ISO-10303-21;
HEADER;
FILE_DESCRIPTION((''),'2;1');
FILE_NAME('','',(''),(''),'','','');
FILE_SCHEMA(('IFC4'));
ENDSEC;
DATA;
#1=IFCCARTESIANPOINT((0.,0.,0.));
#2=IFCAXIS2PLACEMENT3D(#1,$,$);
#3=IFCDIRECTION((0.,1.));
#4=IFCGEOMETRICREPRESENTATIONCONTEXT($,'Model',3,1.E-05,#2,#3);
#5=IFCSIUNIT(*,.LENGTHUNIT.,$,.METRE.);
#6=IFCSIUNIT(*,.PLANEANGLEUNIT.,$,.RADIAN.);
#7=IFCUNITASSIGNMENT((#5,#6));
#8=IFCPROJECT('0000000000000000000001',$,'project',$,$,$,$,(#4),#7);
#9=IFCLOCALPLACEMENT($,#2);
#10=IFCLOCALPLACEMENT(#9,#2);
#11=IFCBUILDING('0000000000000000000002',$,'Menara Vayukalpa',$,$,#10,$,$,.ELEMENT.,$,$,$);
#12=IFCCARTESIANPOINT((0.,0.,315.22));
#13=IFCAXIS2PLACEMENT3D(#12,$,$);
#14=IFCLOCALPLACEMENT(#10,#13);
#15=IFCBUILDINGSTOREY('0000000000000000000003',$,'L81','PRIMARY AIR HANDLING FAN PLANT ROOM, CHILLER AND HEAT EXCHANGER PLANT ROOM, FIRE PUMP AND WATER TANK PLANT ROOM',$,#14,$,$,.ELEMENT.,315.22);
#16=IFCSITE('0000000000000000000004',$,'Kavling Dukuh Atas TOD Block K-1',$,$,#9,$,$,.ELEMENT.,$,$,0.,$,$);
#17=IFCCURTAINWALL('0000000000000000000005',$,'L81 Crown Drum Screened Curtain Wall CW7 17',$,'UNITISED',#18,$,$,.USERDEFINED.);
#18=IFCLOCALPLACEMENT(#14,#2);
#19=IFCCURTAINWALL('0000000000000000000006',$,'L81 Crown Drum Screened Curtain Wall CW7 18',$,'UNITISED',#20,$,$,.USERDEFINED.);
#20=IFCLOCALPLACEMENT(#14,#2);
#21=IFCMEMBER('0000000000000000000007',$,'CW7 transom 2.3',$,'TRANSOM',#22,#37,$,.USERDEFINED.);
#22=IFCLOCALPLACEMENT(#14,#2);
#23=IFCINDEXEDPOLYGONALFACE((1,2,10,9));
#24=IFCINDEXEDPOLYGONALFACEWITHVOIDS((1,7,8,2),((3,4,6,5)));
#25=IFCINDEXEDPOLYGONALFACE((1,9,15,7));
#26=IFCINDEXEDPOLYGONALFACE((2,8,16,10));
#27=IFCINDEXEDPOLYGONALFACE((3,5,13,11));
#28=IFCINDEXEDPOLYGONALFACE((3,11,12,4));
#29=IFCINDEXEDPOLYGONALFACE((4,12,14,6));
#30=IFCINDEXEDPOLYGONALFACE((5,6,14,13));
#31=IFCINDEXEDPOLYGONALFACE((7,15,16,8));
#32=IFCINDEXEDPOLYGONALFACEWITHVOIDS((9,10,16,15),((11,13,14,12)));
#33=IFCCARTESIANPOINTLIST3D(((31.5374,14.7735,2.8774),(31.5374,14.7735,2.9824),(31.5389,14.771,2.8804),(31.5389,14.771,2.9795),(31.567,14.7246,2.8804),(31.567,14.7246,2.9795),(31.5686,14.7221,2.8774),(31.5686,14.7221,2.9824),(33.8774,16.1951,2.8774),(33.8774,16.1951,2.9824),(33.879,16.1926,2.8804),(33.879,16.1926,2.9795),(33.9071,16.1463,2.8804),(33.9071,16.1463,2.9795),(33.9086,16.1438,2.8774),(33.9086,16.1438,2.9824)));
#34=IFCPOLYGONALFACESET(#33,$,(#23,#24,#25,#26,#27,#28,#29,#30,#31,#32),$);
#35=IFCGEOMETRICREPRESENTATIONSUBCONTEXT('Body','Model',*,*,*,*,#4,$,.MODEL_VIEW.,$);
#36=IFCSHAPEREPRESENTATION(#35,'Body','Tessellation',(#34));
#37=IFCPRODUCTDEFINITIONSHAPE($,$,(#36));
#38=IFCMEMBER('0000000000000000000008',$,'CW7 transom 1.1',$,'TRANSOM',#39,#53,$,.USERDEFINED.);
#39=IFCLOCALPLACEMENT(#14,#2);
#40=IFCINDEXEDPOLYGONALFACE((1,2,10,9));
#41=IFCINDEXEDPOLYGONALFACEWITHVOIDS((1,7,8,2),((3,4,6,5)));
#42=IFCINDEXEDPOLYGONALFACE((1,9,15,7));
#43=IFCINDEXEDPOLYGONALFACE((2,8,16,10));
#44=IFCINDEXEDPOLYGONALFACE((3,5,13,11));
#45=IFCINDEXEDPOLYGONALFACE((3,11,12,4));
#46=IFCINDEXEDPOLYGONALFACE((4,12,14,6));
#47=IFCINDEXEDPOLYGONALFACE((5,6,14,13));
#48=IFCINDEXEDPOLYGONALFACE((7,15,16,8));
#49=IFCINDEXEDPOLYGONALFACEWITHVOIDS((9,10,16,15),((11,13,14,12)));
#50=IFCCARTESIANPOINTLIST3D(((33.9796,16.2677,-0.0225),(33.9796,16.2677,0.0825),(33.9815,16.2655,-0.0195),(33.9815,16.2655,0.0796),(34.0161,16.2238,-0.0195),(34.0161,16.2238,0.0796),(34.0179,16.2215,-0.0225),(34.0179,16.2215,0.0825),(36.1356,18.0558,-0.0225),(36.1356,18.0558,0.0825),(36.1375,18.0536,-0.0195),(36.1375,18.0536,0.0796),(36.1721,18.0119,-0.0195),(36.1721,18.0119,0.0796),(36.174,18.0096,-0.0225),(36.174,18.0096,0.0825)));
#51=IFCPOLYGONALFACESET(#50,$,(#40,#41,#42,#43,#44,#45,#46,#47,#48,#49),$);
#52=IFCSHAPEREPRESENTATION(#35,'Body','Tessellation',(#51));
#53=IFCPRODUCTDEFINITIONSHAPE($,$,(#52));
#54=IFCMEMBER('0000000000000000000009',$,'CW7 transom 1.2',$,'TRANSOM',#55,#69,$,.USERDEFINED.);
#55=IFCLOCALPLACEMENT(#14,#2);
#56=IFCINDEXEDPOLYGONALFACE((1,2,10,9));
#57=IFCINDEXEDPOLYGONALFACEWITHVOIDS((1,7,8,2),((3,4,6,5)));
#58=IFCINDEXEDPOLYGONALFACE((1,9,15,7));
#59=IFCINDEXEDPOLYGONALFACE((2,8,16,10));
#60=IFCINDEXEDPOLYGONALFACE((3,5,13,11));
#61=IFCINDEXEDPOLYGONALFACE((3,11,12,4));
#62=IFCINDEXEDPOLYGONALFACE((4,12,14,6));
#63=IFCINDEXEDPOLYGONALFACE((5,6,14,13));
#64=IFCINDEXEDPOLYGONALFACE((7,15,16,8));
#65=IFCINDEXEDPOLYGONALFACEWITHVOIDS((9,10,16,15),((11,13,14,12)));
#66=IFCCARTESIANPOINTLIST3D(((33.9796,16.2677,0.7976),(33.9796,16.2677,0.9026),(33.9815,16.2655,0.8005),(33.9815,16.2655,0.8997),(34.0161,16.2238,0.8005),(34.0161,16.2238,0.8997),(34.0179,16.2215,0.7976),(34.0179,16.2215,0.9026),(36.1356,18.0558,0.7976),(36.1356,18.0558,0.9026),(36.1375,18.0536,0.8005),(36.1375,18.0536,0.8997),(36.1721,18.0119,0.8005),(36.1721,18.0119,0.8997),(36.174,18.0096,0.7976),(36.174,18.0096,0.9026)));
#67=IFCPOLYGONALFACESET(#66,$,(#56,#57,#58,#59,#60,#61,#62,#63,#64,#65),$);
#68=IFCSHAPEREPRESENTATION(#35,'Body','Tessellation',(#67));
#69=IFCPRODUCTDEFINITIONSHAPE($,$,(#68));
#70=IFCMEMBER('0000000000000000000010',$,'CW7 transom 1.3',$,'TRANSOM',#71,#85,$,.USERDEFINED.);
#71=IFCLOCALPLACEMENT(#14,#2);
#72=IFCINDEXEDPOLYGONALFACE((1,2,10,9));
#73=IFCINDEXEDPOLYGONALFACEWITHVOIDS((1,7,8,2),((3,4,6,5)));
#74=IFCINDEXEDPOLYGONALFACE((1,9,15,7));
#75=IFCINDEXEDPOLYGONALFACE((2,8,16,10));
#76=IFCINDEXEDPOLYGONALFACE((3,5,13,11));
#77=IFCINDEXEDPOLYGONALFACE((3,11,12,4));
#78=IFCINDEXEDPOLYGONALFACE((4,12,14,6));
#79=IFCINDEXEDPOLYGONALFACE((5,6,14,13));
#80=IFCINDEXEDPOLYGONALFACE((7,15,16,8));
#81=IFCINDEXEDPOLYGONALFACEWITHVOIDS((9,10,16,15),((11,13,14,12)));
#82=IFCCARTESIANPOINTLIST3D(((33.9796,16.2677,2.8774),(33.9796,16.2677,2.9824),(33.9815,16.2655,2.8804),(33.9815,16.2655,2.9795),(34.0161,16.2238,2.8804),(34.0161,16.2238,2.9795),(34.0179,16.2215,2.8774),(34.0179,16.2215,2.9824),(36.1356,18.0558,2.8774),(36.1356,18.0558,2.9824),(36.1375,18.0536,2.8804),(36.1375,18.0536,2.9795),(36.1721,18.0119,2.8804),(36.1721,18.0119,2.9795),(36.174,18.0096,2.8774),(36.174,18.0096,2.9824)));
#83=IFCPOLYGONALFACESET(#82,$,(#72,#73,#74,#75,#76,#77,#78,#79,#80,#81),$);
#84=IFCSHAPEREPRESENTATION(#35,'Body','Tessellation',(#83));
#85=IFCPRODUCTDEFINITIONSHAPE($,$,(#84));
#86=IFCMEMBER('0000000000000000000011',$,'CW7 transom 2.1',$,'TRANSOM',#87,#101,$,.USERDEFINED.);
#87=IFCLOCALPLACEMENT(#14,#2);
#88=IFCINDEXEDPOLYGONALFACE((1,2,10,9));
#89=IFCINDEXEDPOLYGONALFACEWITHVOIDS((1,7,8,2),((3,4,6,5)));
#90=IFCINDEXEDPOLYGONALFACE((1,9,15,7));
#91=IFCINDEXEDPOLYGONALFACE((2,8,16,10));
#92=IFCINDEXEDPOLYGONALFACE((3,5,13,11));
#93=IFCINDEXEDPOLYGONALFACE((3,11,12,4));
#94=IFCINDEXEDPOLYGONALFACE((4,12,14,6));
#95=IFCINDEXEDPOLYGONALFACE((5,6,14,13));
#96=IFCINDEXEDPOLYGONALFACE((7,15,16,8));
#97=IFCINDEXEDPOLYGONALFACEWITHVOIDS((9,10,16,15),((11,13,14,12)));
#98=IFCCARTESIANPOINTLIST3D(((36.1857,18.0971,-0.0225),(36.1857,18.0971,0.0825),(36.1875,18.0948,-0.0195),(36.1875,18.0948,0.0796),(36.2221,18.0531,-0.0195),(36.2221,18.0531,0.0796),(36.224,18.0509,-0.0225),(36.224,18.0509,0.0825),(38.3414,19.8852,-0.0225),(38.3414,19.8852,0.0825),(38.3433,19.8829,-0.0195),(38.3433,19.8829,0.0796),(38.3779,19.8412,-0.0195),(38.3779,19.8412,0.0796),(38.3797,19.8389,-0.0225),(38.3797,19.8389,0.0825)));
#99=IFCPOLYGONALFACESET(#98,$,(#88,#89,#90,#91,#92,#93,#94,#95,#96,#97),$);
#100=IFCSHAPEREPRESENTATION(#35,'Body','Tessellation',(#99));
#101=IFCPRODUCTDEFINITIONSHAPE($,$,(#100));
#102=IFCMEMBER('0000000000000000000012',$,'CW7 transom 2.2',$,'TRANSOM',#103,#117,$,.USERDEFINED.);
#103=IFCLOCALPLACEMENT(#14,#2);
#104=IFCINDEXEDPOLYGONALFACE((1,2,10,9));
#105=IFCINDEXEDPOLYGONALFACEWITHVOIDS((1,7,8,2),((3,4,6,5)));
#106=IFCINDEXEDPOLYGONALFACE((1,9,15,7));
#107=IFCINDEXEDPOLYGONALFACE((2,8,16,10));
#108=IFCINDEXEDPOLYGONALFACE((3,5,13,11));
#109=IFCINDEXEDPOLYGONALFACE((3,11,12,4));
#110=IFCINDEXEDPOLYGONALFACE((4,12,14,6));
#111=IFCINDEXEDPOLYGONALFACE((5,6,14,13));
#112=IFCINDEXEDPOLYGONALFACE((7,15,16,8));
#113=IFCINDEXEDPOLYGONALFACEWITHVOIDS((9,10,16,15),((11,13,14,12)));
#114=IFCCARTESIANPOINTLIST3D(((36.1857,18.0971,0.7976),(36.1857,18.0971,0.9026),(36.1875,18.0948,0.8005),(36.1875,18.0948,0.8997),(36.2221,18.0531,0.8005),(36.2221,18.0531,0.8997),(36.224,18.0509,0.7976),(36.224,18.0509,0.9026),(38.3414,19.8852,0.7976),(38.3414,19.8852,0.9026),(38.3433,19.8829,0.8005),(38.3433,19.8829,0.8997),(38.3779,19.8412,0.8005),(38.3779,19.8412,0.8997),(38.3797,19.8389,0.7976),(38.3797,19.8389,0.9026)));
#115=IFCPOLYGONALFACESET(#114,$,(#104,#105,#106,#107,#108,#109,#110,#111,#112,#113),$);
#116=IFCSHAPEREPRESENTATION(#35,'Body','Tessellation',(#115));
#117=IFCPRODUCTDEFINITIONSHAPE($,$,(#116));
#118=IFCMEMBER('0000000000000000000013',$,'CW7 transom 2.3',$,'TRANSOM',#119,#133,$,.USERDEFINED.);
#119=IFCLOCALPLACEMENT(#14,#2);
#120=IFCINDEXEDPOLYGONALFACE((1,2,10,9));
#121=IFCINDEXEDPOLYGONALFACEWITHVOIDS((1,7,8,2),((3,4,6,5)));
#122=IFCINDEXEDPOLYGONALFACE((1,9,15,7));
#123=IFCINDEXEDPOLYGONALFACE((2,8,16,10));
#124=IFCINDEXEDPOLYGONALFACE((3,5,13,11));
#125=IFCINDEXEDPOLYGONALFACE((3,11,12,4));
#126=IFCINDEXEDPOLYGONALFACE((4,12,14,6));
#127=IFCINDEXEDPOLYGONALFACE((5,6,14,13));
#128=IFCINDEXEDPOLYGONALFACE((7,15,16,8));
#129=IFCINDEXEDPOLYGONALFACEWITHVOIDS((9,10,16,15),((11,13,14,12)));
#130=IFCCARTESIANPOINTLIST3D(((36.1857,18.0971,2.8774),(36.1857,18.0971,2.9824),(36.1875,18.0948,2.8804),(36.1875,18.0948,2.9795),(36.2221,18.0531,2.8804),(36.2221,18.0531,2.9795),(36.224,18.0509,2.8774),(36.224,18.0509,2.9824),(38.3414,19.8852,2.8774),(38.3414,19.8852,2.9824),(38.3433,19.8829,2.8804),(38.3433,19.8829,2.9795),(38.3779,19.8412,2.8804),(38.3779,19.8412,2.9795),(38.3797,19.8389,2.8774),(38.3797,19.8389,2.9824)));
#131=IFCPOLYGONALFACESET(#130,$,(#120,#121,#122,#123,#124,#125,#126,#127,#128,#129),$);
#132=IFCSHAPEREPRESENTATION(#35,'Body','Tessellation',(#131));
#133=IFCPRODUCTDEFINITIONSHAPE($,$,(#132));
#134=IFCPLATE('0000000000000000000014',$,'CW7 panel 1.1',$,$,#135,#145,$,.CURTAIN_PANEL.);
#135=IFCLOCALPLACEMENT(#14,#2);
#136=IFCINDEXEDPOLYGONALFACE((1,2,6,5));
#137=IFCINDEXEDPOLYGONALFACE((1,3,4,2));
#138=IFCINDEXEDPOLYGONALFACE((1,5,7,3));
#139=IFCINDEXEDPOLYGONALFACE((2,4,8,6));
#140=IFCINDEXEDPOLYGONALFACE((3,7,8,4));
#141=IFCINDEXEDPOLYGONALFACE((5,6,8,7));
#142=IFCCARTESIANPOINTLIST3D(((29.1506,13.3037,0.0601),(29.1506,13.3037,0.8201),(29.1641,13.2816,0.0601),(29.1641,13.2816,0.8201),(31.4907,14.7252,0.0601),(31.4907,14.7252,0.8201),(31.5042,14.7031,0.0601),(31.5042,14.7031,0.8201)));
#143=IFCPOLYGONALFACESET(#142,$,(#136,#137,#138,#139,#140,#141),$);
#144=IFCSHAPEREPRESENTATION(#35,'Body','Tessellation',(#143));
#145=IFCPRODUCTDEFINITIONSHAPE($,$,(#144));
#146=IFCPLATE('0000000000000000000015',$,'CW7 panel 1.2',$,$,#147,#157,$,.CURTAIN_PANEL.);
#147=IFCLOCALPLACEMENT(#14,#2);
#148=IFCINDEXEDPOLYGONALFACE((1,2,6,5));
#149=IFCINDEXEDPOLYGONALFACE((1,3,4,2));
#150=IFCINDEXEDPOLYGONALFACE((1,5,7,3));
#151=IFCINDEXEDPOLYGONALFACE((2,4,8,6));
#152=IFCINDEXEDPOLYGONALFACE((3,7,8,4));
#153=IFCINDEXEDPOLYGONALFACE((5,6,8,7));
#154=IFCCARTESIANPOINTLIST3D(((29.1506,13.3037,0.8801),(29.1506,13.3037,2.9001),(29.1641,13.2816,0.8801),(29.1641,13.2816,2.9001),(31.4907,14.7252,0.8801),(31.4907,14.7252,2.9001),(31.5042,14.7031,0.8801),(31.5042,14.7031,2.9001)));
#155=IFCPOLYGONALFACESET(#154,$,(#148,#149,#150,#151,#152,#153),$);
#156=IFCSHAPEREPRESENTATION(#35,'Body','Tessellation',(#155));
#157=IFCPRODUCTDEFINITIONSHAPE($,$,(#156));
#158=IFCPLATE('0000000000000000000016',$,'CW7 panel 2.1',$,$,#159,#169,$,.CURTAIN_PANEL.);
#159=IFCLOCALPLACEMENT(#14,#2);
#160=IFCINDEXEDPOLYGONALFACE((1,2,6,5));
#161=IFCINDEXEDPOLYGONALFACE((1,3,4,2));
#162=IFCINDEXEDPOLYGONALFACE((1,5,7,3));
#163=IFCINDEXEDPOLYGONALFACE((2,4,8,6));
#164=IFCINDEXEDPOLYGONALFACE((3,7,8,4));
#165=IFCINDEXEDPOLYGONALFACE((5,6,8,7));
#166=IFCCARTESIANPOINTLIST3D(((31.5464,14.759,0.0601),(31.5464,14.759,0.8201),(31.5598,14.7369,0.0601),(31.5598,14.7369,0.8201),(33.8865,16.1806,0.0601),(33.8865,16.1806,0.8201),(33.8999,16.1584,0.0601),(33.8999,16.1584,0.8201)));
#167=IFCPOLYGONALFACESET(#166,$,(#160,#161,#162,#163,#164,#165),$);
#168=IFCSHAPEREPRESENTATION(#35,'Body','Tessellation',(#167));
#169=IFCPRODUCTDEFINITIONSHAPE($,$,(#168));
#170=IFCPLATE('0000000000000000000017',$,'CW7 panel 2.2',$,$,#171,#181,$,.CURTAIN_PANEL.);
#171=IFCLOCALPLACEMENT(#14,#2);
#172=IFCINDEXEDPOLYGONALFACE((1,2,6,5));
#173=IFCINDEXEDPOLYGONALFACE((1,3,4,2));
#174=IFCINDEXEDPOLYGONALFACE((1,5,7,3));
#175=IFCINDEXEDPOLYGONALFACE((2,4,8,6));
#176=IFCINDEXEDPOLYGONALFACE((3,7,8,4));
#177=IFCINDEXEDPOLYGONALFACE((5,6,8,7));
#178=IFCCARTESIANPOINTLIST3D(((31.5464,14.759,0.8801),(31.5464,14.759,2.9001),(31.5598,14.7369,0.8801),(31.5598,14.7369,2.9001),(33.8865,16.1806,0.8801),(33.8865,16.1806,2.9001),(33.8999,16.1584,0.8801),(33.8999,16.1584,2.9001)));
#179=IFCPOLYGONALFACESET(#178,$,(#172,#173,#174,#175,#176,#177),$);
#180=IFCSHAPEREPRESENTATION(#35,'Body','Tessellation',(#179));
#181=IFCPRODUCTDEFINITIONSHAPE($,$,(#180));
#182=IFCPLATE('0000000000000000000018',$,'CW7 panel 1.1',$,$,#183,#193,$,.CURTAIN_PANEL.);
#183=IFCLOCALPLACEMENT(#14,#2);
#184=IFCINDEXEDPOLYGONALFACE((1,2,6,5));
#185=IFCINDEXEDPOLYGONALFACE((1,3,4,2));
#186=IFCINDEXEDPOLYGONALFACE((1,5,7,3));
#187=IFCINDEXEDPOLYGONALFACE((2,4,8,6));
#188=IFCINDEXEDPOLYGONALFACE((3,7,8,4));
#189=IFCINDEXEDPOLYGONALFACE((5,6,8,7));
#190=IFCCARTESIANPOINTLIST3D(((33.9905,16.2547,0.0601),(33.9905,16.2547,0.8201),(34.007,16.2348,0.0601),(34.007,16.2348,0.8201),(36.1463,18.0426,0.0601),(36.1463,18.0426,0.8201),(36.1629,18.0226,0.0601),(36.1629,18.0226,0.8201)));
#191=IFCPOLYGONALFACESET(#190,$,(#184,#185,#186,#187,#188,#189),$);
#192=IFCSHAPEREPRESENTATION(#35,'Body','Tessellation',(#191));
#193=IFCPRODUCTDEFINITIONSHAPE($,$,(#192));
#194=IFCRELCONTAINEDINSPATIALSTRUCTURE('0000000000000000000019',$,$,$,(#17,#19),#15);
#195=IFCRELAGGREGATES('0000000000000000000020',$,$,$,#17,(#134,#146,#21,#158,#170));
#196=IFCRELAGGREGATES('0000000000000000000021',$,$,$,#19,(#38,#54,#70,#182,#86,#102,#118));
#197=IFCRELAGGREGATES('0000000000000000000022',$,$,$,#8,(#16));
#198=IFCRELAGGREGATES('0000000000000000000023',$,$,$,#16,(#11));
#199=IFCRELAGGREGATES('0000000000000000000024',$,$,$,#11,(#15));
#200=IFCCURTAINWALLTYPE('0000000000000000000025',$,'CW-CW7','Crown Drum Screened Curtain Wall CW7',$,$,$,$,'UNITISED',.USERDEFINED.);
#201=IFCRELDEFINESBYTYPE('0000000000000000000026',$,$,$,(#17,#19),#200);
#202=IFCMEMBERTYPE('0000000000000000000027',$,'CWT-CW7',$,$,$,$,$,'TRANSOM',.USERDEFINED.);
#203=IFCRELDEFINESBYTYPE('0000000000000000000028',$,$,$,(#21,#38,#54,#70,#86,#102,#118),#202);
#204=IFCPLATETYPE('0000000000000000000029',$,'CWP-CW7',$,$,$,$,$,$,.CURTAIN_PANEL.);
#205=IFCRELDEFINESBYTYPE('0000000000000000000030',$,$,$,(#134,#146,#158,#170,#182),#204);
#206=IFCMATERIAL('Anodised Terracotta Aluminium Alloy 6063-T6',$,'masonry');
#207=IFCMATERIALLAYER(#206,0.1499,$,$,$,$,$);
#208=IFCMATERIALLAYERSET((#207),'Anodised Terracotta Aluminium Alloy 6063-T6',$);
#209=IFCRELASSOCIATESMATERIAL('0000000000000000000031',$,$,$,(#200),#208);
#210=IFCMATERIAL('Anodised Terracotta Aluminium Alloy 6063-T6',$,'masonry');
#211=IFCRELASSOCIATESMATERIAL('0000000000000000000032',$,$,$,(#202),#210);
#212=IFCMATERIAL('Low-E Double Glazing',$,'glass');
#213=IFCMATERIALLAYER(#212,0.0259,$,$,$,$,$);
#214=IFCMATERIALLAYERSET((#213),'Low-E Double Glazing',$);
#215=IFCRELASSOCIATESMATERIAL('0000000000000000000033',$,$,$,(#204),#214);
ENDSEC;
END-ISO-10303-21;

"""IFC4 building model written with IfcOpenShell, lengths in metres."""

from ifc_helpers import new_model, si_unit, direction, frame, origin, origin_2d, place, context, subcontext, project, spatial, rectangle, hollow_rectangle, extrude, material, layer, layer_set, material_profile, profile_set, type_object, element, aggregate, save


model = new_model("IFC4")

# Units and contexts
model_context = context("Model", 3, precision=1e-05, world=origin(), true_north=direction((0.0, 1.0)))
body_context = subcontext(model_context, "Body", "Model", "MODEL_VIEW")
ifc_project = project(units=[si_unit("LENGTHUNIT", "METRE"), si_unit("PLANEANGLEUNIT", "RADIAN")], contexts=[model_context])

# Site, building, storey
site_placement = place(None, origin())
site = spatial("IfcSite", under=ifc_project, at=site_placement, Name="Kavling Dukuh Atas TOD Block K-1", CompositionType="ELEMENT", RefElevation=0.0)
building_placement = place(site_placement, origin())
building = spatial("IfcBuilding", under=site, at=building_placement, Name="Menara Vayukalpa", CompositionType="ELEMENT")
storey_placement = place(building_placement, frame((0.0, 0.0, 315.22)))
storey = spatial("IfcBuildingStorey", under=building, at=storey_placement, Name="L81", Description="PRIMARY AIR HANDLING FAN PLANT ROOM, CHILLER AND HEAT EXCHANGER PLANT ROOM, FIRE PUMP AND WATER TANK PLANT ROOM", CompositionType="ELEMENT", Elevation=315.22)

# Curtain walls
ifc_material_1 = material(Name="Anodised Terracotta Aluminium Alloy 6063-T6", Category="masonry")
ifc_layer_1 = layer(ifc_material_1, 0.1499)
ifc_layer_set_1 = layer_set([ifc_layer_1], Name="Anodised Terracotta Aluminium Alloy 6063-T6")
curtain_wall_type = type_object("IfcCurtainWallType", Name="CW-CW7", Description="Crown Drum Screened Curtain Wall CW7", ElementType="UNITISED", PredefinedType="USERDEFINED", material=ifc_layer_set_1)
curtain_wall_1_placement = place(storey_placement, origin())
curtain_wall_1 = element("IfcCurtainWall", 1, at=curtain_wall_1_placement, inside=storey, type_object=curtain_wall_type, Name="L81 Crown Drum Screened Curtain Wall CW7 17", ObjectType="UNITISED", PredefinedType="USERDEFINED")
curtain_wall_2_placement = place(storey_placement, origin())
curtain_wall_2 = element("IfcCurtainWall", 2, at=curtain_wall_2_placement, inside=storey, type_object=curtain_wall_type, Name="L81 Crown Drum Screened Curtain Wall CW7 18", ObjectType="UNITISED", PredefinedType="USERDEFINED")

# Members
ifc_material_2 = material(Name="Anodised Terracotta Aluminium Alloy 6063-T6", Category="masonry")
ifc_material_profile_1 = material_profile(ifc_material_2, hollow_rectangle(XDim=0.0601, YDim=0.105, WallThickness=0.0029, at=origin_2d()), Name="ALU 60x105x3")
ifc_profile_set_1 = profile_set([ifc_material_profile_1], Name="Anodised Terracotta Aluminium Alloy 6063-T6")
member_type_1 = type_object("IfcMemberType", Name="CWT-CW7", ElementType="TRANSOM", PredefinedType="USERDEFINED", material=ifc_profile_set_1)
member_1_placement = place(storey_placement, frame((31.553, 14.7478, 2.9299), z_axis=(0.854648, 0.519208, 0.0), x_axis=(-0.519208, 0.854648, 0.0)))
member_1 = element("IfcMember", 3, at=member_1_placement, type_object=member_type_1, Name="CW7 transom 2.3", ObjectType="TRANSOM", PredefinedType="USERDEFINED", context=body_context, shape_type="SweptSolid", body=[
    extrude(hollow_rectangle(XDim=0.0601, YDim=0.105, WallThickness=0.0029, at=origin_2d()), origin(), (0.0, 0.0, 1.0), 2.738),
])
member_2_placement = place(storey_placement, frame((33.9988, 16.2446, 0.03), z_axis=(0.769727, 0.638374, 0.0), x_axis=(-0.638374, 0.769727, 0.0)))
member_2 = element("IfcMember", 4, at=member_2_placement, type_object=member_type_1, Name="CW7 transom 1.1", ObjectType="TRANSOM", PredefinedType="USERDEFINED", context=body_context, shape_type="SweptSolid", body=[
    extrude(hollow_rectangle(XDim=0.0601, YDim=0.105, WallThickness=0.0029, at=origin_2d()), origin(), (0.0, 0.0, 1.0), 2.801),
])
member_3_placement = place(storey_placement, frame((33.9988, 16.2446, 0.8501), z_axis=(0.769727, 0.638374, 0.0), x_axis=(-0.638374, 0.769727, 0.0)))
member_3 = element("IfcMember", 5, at=member_3_placement, type_object=member_type_1, Name="CW7 transom 1.2", ObjectType="TRANSOM", PredefinedType="USERDEFINED", context=body_context, shape_type="SweptSolid", body=[
    extrude(hollow_rectangle(XDim=0.0601, YDim=0.105, WallThickness=0.0029, at=origin_2d()), origin(), (0.0, 0.0, 1.0), 2.801),
])
member_4_placement = place(storey_placement, frame((33.9988, 16.2446, 2.9299), z_axis=(0.769727, 0.638374, 0.0), x_axis=(-0.638374, 0.769727, 0.0)))
member_4 = element("IfcMember", 6, at=member_4_placement, type_object=member_type_1, Name="CW7 transom 1.3", ObjectType="TRANSOM", PredefinedType="USERDEFINED", context=body_context, shape_type="SweptSolid", body=[
    extrude(hollow_rectangle(XDim=0.0601, YDim=0.105, WallThickness=0.0029, at=origin_2d()), origin(), (0.0, 0.0, 1.0), 2.801),
])
member_5_placement = place(storey_placement, frame((36.2048, 18.074, 0.03), z_axis=(0.769691, 0.638416, 0.0), x_axis=(-0.638416, 0.769691, 0.0)))
member_5 = element("IfcMember", 7, at=member_5_placement, type_object=member_type_1, Name="CW7 transom 2.1", ObjectType="TRANSOM", PredefinedType="USERDEFINED", context=body_context, shape_type="SweptSolid", body=[
    extrude(hollow_rectangle(XDim=0.0601, YDim=0.105, WallThickness=0.0029, at=origin_2d()), origin(), (0.0, 0.0, 1.0), 2.8008),
])
member_6_placement = place(storey_placement, frame((36.2048, 18.074, 0.8501), z_axis=(0.769691, 0.638416, 0.0), x_axis=(-0.638416, 0.769691, 0.0)))
member_6 = element("IfcMember", 8, at=member_6_placement, type_object=member_type_1, Name="CW7 transom 2.2", ObjectType="TRANSOM", PredefinedType="USERDEFINED", context=body_context, shape_type="SweptSolid", body=[
    extrude(hollow_rectangle(XDim=0.0601, YDim=0.105, WallThickness=0.0029, at=origin_2d()), origin(), (0.0, 0.0, 1.0), 2.8008),
])
member_7_placement = place(storey_placement, frame((36.2048, 18.074, 2.9299), z_axis=(0.769691, 0.638416, 0.0), x_axis=(-0.638416, 0.769691, 0.0)))
member_7 = element("IfcMember", 9, at=member_7_placement, type_object=member_type_1, Name="CW7 transom 2.3", ObjectType="TRANSOM", PredefinedType="USERDEFINED", context=body_context, shape_type="SweptSolid", body=[
    extrude(hollow_rectangle(XDim=0.0601, YDim=0.105, WallThickness=0.0029, at=origin_2d()), origin(), (0.0, 0.0, 1.0), 2.8008),
])

# Plates
ifc_material_3 = material(Name="Low-E Double Glazing", Category="glass")
ifc_layer_2 = layer(ifc_material_3, 0.0259)
ifc_layer_set_2 = layer_set([ifc_layer_2], Name="Low-E Double Glazing")
plate_type = type_object("IfcPlateType", Name="CWP-CW7", PredefinedType="CURTAIN_PANEL", material=ifc_layer_set_2)
plate_1_placement = place(storey_placement, frame((30.3274, 14.0034, 0.0601), z_axis=(0.0, 0.0, 1.0), x_axis=(0.854667, 0.519176, 0.0)))
plate_1 = element("IfcPlate", 10, at=plate_1_placement, type_object=plate_type, Name="CW7 panel 1.1", PredefinedType="CURTAIN_PANEL", context=body_context, shape_type="SweptSolid", body=[
    extrude(rectangle(XDim=2.738, YDim=0.0259, at=origin_2d()), origin(), (0.0, 0.0, 1.0), 0.76),
])
plate_2_placement = place(storey_placement, frame((30.3274, 14.0034, 0.8801), z_axis=(0.0, 0.0, 1.0), x_axis=(0.854667, 0.519176, 0.0)))
plate_2 = element("IfcPlate", 11, at=plate_2_placement, type_object=plate_type, Name="CW7 panel 1.2", PredefinedType="CURTAIN_PANEL", context=body_context, shape_type="SweptSolid", body=[
    extrude(rectangle(XDim=2.738, YDim=0.0259, at=origin_2d()), origin(), (0.0, 0.0, 1.0), 2.02),
])
plate_3_placement = place(storey_placement, frame((32.7231, 15.4587, 0.0601), z_axis=(0.0, 0.0, 1.0), x_axis=(0.854667, 0.519176, 0.0)))
plate_3 = element("IfcPlate", 12, at=plate_3_placement, type_object=plate_type, Name="CW7 panel 2.1", PredefinedType="CURTAIN_PANEL", context=body_context, shape_type="SweptSolid", body=[
    extrude(rectangle(XDim=2.738, YDim=0.0259, at=origin_2d()), origin(), (0.0, 0.0, 1.0), 0.76),
])
plate_4_placement = place(storey_placement, frame((32.7231, 15.4587, 0.8801), z_axis=(0.0, 0.0, 1.0), x_axis=(0.854667, 0.519176, 0.0)))
plate_4 = element("IfcPlate", 13, at=plate_4_placement, type_object=plate_type, Name="CW7 panel 2.2", PredefinedType="CURTAIN_PANEL", context=body_context, shape_type="SweptSolid", body=[
    extrude(rectangle(XDim=2.738, YDim=0.0259, at=origin_2d()), origin(), (0.0, 0.0, 1.0), 2.02),
])
aggregate(curtain_wall_1, [plate_1, plate_2, member_1, plate_3, plate_4])
plate_5_placement = place(storey_placement, frame((35.0767, 17.1387, 0.0601), z_axis=(0.0, 0.0, 1.0), x_axis=(0.769749, 0.638347, 0.0)))
plate_5 = element("IfcPlate", 14, at=plate_5_placement, type_object=plate_type, Name="CW7 panel 1.1", PredefinedType="CURTAIN_PANEL", context=body_context, shape_type="SweptSolid", body=[
    extrude(rectangle(XDim=2.8008, YDim=0.0259, at=origin_2d()), origin(), (0.0, 0.0, 1.0), 0.76),
])
aggregate(curtain_wall_2, [member_2, member_3, member_4, plate_5, member_5, member_6, member_7])

save(model, "model.ifc")
